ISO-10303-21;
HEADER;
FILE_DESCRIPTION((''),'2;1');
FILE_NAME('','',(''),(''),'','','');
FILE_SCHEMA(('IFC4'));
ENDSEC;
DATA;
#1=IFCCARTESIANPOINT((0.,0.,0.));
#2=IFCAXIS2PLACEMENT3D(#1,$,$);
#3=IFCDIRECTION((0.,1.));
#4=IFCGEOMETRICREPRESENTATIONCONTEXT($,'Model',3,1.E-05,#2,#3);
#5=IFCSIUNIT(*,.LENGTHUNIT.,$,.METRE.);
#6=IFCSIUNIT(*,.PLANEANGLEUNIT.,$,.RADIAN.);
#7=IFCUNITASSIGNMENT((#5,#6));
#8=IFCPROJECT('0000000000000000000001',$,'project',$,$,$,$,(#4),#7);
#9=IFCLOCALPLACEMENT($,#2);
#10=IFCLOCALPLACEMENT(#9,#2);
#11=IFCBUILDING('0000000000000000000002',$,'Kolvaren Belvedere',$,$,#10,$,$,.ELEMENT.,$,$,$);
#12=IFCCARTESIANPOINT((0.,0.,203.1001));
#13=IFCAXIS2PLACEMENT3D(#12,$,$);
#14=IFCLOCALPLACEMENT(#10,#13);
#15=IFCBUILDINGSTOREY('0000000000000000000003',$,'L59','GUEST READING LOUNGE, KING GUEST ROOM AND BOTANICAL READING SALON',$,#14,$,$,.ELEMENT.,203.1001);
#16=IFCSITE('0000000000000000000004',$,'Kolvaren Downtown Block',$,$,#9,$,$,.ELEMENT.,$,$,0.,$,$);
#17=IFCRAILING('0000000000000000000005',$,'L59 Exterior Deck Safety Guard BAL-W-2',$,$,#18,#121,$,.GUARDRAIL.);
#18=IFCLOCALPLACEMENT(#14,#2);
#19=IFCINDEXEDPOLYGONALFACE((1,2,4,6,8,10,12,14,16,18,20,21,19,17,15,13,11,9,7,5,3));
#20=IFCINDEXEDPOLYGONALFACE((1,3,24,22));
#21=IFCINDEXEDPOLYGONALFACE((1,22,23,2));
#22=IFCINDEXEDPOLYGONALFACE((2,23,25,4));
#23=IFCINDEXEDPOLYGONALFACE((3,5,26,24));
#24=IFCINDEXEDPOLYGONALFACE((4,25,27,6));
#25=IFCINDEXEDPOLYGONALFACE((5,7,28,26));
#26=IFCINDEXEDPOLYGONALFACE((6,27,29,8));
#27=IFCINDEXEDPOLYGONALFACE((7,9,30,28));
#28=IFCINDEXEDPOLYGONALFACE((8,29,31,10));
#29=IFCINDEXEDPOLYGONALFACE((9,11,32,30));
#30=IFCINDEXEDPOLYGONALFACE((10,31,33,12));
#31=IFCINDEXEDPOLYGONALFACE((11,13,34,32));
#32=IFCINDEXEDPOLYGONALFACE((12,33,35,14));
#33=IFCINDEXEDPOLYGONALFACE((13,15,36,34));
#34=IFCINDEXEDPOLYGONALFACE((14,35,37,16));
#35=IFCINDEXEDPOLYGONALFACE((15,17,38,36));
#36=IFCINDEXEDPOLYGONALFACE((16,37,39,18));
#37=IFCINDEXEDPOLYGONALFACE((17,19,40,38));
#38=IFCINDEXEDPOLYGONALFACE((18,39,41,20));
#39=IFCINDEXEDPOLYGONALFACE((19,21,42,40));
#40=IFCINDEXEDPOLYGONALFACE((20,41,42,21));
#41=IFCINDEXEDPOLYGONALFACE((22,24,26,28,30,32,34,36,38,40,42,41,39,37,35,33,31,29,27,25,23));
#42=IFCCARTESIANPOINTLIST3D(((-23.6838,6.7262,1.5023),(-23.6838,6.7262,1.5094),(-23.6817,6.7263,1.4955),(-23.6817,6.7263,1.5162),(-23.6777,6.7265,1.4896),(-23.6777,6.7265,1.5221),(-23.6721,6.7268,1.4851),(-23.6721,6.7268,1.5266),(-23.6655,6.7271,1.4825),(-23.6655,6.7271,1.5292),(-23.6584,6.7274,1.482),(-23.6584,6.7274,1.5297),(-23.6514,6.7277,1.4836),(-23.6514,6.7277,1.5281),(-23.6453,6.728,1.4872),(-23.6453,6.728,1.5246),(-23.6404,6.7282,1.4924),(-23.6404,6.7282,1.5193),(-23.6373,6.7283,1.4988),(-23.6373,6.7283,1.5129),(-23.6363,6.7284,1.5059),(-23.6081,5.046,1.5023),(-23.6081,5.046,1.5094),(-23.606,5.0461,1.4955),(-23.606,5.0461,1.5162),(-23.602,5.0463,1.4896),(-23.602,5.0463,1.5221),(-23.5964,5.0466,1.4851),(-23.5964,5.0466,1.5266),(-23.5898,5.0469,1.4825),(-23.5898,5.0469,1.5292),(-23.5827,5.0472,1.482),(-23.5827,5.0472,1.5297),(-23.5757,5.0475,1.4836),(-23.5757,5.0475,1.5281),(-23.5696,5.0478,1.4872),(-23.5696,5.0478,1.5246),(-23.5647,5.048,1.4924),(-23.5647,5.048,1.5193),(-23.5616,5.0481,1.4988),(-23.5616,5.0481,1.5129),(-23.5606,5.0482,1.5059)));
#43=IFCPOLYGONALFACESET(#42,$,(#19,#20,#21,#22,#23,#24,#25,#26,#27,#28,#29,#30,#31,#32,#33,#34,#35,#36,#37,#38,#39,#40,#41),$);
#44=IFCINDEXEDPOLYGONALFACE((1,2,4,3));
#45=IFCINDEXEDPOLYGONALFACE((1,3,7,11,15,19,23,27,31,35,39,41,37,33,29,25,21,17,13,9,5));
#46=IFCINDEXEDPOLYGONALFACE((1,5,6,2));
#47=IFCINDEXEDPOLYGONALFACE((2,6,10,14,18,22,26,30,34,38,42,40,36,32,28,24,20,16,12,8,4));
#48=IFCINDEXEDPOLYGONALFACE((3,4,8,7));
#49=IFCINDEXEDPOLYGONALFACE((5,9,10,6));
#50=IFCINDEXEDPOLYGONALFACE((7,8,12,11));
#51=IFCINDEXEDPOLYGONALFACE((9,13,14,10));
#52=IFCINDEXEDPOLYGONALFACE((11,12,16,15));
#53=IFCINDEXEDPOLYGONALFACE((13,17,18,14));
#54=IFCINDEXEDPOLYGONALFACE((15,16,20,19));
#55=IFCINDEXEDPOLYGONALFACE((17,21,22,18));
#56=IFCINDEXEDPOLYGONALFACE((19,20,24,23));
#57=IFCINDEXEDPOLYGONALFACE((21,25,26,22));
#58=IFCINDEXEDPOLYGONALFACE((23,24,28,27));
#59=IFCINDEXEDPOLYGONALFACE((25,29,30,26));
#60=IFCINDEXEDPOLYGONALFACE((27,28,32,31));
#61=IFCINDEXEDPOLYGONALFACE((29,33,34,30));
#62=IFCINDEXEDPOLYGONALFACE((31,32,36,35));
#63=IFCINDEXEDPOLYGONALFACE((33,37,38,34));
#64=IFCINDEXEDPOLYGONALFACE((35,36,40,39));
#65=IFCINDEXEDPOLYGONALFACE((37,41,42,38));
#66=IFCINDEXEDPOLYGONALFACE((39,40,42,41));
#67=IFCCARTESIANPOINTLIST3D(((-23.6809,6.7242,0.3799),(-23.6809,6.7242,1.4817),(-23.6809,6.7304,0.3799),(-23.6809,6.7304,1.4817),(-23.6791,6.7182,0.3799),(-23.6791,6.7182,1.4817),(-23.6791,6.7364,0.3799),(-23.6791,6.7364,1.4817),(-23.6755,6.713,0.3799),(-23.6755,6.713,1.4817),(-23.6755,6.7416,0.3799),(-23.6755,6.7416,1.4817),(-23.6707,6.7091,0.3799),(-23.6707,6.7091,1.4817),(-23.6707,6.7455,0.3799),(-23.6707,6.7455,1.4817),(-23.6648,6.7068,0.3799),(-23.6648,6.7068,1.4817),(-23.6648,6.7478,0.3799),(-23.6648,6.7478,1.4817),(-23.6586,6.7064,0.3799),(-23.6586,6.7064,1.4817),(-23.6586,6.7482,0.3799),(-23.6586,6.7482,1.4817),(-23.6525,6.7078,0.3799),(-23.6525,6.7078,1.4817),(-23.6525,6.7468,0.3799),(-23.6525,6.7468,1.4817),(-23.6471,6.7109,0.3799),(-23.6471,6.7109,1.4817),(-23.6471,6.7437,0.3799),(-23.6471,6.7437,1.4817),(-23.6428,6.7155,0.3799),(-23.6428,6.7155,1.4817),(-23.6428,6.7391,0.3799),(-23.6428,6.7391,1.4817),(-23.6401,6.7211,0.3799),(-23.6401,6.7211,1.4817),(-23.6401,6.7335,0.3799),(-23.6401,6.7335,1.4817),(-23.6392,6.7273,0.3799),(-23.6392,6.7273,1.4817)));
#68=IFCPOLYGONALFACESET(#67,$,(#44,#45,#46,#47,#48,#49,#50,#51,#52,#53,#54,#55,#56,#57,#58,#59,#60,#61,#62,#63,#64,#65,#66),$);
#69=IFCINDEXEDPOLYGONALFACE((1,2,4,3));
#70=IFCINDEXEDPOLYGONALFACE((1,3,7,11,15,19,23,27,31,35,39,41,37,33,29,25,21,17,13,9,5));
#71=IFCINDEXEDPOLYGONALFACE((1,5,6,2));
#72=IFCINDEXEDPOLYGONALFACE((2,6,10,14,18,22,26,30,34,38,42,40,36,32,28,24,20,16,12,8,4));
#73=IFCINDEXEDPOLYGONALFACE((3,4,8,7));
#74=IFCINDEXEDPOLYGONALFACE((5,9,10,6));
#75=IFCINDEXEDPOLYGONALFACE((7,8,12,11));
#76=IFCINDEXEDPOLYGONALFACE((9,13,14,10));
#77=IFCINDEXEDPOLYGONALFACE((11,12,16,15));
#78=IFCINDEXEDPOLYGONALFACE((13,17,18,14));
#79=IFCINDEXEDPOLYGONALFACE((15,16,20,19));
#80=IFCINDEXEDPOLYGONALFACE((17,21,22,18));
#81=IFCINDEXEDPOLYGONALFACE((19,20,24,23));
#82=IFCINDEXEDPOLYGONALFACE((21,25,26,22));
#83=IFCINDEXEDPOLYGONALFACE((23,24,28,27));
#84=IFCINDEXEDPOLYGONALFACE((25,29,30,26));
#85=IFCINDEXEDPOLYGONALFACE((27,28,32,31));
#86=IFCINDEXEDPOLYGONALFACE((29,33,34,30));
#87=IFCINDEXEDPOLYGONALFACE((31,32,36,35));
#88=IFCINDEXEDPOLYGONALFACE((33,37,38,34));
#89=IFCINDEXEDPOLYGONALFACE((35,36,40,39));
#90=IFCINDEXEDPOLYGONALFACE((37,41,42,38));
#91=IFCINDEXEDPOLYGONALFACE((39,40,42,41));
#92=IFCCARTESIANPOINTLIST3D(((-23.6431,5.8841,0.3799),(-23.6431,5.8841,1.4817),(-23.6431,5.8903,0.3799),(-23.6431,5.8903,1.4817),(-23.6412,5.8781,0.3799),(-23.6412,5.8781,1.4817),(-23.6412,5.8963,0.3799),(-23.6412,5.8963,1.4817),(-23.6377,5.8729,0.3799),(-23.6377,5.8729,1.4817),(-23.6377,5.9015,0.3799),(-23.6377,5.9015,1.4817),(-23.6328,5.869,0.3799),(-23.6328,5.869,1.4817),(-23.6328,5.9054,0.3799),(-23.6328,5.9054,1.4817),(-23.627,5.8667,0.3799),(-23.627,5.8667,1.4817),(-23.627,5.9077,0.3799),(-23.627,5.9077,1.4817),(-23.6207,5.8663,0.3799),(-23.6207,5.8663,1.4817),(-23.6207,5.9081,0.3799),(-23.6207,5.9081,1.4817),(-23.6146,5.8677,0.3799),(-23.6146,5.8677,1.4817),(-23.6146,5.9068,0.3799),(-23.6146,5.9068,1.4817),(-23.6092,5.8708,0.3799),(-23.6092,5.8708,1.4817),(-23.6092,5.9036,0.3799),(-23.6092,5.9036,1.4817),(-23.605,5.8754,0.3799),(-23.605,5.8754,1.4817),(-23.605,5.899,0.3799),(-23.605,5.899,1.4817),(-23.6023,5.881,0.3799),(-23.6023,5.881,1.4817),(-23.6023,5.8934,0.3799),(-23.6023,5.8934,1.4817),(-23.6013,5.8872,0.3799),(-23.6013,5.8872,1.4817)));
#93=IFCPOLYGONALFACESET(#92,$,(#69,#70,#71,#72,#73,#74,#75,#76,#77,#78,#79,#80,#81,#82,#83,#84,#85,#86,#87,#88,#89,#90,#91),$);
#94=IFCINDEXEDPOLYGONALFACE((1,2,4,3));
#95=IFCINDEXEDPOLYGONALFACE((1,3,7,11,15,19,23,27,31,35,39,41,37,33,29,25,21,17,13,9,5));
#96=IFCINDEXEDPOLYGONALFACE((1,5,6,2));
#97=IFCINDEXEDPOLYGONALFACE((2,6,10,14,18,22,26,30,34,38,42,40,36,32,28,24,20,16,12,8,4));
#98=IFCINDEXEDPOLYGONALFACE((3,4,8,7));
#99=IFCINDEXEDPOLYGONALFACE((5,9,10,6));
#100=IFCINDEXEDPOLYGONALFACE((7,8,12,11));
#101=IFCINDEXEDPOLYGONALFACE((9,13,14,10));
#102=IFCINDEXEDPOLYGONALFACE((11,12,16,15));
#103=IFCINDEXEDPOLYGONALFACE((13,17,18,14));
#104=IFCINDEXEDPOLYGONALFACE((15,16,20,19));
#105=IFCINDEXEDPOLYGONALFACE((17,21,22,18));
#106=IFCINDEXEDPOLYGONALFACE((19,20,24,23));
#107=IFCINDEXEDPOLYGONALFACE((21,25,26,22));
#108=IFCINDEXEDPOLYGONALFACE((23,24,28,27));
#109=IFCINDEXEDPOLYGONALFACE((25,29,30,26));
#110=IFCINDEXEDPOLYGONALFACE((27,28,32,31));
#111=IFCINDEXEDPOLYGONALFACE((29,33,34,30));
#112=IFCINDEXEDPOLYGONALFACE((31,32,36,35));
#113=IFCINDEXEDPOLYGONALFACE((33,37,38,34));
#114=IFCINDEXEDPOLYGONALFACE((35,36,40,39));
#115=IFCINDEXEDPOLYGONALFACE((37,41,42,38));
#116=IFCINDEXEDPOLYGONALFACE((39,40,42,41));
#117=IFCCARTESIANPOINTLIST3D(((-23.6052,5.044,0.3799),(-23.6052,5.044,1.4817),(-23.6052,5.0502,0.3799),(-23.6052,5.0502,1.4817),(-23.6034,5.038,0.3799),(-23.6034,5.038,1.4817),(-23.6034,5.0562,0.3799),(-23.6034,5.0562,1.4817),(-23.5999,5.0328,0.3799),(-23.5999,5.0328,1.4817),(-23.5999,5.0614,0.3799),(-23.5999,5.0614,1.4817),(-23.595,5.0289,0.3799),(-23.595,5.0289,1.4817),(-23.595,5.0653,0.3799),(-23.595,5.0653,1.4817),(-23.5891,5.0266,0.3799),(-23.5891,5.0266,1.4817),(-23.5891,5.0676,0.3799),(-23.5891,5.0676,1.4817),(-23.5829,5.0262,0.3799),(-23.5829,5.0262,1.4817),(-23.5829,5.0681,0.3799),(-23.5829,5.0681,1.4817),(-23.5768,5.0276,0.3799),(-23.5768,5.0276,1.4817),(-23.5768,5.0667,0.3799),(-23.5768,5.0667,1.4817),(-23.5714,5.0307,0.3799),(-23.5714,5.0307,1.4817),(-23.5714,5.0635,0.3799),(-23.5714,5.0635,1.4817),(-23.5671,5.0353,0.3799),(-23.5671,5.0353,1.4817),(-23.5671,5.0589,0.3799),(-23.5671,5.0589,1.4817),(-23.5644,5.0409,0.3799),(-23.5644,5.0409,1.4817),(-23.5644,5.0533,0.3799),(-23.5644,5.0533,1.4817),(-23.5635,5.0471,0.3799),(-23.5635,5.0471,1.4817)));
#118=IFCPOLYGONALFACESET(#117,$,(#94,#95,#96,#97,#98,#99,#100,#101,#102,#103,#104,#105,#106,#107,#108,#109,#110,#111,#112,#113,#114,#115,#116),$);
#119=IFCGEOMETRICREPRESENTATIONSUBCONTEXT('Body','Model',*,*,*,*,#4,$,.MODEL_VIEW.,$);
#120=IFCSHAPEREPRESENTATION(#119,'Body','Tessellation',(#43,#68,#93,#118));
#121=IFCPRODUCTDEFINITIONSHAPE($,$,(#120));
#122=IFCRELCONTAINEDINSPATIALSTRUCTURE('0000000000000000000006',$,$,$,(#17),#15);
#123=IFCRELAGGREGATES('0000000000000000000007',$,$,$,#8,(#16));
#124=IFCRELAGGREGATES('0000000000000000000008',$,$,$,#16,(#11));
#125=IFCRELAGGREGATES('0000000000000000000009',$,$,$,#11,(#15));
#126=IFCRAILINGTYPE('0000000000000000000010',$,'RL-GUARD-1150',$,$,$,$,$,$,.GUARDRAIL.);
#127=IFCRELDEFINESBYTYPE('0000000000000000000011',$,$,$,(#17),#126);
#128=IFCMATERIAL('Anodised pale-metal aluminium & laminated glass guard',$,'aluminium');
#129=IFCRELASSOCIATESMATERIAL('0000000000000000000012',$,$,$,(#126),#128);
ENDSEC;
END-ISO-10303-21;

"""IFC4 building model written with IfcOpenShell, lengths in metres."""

from ifc_helpers import new_model, si_unit, direction, frame, origin, origin_2d, place, context, subcontext, project, spatial, circle, extrude, material, type_object, element, save


model = new_model("IFC4")

# Units and contexts
model_context = context("Model", 3, precision=1e-05, world=origin(), true_north=direction((0.0, 1.0)))
body_context = subcontext(model_context, "Body", "Model", "MODEL_VIEW")
ifc_project = project(units=[si_unit("LENGTHUNIT", "METRE"), si_unit("PLANEANGLEUNIT", "RADIAN")], contexts=[model_context])

# Site, building, storey
site_placement = place(None, origin())
site = spatial("IfcSite", under=ifc_project, at=site_placement, Name="Kolvaren Downtown Block", CompositionType="ELEMENT", RefElevation=0.0)
building_placement = place(site_placement, origin())
building = spatial("IfcBuilding", under=site, at=building_placement, Name="Kolvaren Belvedere", CompositionType="ELEMENT")
storey_placement = place(building_placement, frame((0.0, 0.0, 203.1001)))
storey = spatial("IfcBuildingStorey", under=building, at=storey_placement, Name="L59", Description="GUEST READING LOUNGE, KING GUEST ROOM AND BOTANICAL READING SALON", CompositionType="ELEMENT", Elevation=203.1001)

# Railing
ifc_material_1 = material(Name="Anodised pale-metal aluminium & laminated glass guard", Category="aluminium")
railing_type = type_object("IfcRailingType", Name="RL-GUARD-1150", PredefinedType="GUARDRAIL", material=ifc_material_1)
railing_1_placement = place(storey_placement, frame((-23.6602, 6.7273, 0.3799)))
element("IfcRailing", 1, at=railing_1_placement, inside=storey, type_object=railing_type, Name="L59 Exterior Deck Safety Guard BAL-W-2", PredefinedType="GUARDRAIL", context=body_context, shape_type="SweptSolid", body=[
    extrude(circle(Radius=0.0239, at=origin_2d()), frame((0.0, 0.0, 1.126), z_axis=(0.044999, -0.998987, 0.0), x_axis=(0.998987, 0.044999, 0.0)), (0.0, 0.0, 1.0), 1.6819),
    extrude(circle(Radius=0.021, at=origin_2d()), origin(), (0.0, 0.0, 1.0), 1.1018),
    extrude(circle(Radius=0.021, at=origin_2d()), frame((0.0378, -0.8401, 0.0)), (0.0, 0.0, 1.0), 1.1018),
    extrude(circle(Radius=0.021, at=origin_2d()), frame((0.0757, -1.6802, 0.0)), (0.0, 0.0, 1.0), 1.1018),
])

save(model, "model.ifc")
